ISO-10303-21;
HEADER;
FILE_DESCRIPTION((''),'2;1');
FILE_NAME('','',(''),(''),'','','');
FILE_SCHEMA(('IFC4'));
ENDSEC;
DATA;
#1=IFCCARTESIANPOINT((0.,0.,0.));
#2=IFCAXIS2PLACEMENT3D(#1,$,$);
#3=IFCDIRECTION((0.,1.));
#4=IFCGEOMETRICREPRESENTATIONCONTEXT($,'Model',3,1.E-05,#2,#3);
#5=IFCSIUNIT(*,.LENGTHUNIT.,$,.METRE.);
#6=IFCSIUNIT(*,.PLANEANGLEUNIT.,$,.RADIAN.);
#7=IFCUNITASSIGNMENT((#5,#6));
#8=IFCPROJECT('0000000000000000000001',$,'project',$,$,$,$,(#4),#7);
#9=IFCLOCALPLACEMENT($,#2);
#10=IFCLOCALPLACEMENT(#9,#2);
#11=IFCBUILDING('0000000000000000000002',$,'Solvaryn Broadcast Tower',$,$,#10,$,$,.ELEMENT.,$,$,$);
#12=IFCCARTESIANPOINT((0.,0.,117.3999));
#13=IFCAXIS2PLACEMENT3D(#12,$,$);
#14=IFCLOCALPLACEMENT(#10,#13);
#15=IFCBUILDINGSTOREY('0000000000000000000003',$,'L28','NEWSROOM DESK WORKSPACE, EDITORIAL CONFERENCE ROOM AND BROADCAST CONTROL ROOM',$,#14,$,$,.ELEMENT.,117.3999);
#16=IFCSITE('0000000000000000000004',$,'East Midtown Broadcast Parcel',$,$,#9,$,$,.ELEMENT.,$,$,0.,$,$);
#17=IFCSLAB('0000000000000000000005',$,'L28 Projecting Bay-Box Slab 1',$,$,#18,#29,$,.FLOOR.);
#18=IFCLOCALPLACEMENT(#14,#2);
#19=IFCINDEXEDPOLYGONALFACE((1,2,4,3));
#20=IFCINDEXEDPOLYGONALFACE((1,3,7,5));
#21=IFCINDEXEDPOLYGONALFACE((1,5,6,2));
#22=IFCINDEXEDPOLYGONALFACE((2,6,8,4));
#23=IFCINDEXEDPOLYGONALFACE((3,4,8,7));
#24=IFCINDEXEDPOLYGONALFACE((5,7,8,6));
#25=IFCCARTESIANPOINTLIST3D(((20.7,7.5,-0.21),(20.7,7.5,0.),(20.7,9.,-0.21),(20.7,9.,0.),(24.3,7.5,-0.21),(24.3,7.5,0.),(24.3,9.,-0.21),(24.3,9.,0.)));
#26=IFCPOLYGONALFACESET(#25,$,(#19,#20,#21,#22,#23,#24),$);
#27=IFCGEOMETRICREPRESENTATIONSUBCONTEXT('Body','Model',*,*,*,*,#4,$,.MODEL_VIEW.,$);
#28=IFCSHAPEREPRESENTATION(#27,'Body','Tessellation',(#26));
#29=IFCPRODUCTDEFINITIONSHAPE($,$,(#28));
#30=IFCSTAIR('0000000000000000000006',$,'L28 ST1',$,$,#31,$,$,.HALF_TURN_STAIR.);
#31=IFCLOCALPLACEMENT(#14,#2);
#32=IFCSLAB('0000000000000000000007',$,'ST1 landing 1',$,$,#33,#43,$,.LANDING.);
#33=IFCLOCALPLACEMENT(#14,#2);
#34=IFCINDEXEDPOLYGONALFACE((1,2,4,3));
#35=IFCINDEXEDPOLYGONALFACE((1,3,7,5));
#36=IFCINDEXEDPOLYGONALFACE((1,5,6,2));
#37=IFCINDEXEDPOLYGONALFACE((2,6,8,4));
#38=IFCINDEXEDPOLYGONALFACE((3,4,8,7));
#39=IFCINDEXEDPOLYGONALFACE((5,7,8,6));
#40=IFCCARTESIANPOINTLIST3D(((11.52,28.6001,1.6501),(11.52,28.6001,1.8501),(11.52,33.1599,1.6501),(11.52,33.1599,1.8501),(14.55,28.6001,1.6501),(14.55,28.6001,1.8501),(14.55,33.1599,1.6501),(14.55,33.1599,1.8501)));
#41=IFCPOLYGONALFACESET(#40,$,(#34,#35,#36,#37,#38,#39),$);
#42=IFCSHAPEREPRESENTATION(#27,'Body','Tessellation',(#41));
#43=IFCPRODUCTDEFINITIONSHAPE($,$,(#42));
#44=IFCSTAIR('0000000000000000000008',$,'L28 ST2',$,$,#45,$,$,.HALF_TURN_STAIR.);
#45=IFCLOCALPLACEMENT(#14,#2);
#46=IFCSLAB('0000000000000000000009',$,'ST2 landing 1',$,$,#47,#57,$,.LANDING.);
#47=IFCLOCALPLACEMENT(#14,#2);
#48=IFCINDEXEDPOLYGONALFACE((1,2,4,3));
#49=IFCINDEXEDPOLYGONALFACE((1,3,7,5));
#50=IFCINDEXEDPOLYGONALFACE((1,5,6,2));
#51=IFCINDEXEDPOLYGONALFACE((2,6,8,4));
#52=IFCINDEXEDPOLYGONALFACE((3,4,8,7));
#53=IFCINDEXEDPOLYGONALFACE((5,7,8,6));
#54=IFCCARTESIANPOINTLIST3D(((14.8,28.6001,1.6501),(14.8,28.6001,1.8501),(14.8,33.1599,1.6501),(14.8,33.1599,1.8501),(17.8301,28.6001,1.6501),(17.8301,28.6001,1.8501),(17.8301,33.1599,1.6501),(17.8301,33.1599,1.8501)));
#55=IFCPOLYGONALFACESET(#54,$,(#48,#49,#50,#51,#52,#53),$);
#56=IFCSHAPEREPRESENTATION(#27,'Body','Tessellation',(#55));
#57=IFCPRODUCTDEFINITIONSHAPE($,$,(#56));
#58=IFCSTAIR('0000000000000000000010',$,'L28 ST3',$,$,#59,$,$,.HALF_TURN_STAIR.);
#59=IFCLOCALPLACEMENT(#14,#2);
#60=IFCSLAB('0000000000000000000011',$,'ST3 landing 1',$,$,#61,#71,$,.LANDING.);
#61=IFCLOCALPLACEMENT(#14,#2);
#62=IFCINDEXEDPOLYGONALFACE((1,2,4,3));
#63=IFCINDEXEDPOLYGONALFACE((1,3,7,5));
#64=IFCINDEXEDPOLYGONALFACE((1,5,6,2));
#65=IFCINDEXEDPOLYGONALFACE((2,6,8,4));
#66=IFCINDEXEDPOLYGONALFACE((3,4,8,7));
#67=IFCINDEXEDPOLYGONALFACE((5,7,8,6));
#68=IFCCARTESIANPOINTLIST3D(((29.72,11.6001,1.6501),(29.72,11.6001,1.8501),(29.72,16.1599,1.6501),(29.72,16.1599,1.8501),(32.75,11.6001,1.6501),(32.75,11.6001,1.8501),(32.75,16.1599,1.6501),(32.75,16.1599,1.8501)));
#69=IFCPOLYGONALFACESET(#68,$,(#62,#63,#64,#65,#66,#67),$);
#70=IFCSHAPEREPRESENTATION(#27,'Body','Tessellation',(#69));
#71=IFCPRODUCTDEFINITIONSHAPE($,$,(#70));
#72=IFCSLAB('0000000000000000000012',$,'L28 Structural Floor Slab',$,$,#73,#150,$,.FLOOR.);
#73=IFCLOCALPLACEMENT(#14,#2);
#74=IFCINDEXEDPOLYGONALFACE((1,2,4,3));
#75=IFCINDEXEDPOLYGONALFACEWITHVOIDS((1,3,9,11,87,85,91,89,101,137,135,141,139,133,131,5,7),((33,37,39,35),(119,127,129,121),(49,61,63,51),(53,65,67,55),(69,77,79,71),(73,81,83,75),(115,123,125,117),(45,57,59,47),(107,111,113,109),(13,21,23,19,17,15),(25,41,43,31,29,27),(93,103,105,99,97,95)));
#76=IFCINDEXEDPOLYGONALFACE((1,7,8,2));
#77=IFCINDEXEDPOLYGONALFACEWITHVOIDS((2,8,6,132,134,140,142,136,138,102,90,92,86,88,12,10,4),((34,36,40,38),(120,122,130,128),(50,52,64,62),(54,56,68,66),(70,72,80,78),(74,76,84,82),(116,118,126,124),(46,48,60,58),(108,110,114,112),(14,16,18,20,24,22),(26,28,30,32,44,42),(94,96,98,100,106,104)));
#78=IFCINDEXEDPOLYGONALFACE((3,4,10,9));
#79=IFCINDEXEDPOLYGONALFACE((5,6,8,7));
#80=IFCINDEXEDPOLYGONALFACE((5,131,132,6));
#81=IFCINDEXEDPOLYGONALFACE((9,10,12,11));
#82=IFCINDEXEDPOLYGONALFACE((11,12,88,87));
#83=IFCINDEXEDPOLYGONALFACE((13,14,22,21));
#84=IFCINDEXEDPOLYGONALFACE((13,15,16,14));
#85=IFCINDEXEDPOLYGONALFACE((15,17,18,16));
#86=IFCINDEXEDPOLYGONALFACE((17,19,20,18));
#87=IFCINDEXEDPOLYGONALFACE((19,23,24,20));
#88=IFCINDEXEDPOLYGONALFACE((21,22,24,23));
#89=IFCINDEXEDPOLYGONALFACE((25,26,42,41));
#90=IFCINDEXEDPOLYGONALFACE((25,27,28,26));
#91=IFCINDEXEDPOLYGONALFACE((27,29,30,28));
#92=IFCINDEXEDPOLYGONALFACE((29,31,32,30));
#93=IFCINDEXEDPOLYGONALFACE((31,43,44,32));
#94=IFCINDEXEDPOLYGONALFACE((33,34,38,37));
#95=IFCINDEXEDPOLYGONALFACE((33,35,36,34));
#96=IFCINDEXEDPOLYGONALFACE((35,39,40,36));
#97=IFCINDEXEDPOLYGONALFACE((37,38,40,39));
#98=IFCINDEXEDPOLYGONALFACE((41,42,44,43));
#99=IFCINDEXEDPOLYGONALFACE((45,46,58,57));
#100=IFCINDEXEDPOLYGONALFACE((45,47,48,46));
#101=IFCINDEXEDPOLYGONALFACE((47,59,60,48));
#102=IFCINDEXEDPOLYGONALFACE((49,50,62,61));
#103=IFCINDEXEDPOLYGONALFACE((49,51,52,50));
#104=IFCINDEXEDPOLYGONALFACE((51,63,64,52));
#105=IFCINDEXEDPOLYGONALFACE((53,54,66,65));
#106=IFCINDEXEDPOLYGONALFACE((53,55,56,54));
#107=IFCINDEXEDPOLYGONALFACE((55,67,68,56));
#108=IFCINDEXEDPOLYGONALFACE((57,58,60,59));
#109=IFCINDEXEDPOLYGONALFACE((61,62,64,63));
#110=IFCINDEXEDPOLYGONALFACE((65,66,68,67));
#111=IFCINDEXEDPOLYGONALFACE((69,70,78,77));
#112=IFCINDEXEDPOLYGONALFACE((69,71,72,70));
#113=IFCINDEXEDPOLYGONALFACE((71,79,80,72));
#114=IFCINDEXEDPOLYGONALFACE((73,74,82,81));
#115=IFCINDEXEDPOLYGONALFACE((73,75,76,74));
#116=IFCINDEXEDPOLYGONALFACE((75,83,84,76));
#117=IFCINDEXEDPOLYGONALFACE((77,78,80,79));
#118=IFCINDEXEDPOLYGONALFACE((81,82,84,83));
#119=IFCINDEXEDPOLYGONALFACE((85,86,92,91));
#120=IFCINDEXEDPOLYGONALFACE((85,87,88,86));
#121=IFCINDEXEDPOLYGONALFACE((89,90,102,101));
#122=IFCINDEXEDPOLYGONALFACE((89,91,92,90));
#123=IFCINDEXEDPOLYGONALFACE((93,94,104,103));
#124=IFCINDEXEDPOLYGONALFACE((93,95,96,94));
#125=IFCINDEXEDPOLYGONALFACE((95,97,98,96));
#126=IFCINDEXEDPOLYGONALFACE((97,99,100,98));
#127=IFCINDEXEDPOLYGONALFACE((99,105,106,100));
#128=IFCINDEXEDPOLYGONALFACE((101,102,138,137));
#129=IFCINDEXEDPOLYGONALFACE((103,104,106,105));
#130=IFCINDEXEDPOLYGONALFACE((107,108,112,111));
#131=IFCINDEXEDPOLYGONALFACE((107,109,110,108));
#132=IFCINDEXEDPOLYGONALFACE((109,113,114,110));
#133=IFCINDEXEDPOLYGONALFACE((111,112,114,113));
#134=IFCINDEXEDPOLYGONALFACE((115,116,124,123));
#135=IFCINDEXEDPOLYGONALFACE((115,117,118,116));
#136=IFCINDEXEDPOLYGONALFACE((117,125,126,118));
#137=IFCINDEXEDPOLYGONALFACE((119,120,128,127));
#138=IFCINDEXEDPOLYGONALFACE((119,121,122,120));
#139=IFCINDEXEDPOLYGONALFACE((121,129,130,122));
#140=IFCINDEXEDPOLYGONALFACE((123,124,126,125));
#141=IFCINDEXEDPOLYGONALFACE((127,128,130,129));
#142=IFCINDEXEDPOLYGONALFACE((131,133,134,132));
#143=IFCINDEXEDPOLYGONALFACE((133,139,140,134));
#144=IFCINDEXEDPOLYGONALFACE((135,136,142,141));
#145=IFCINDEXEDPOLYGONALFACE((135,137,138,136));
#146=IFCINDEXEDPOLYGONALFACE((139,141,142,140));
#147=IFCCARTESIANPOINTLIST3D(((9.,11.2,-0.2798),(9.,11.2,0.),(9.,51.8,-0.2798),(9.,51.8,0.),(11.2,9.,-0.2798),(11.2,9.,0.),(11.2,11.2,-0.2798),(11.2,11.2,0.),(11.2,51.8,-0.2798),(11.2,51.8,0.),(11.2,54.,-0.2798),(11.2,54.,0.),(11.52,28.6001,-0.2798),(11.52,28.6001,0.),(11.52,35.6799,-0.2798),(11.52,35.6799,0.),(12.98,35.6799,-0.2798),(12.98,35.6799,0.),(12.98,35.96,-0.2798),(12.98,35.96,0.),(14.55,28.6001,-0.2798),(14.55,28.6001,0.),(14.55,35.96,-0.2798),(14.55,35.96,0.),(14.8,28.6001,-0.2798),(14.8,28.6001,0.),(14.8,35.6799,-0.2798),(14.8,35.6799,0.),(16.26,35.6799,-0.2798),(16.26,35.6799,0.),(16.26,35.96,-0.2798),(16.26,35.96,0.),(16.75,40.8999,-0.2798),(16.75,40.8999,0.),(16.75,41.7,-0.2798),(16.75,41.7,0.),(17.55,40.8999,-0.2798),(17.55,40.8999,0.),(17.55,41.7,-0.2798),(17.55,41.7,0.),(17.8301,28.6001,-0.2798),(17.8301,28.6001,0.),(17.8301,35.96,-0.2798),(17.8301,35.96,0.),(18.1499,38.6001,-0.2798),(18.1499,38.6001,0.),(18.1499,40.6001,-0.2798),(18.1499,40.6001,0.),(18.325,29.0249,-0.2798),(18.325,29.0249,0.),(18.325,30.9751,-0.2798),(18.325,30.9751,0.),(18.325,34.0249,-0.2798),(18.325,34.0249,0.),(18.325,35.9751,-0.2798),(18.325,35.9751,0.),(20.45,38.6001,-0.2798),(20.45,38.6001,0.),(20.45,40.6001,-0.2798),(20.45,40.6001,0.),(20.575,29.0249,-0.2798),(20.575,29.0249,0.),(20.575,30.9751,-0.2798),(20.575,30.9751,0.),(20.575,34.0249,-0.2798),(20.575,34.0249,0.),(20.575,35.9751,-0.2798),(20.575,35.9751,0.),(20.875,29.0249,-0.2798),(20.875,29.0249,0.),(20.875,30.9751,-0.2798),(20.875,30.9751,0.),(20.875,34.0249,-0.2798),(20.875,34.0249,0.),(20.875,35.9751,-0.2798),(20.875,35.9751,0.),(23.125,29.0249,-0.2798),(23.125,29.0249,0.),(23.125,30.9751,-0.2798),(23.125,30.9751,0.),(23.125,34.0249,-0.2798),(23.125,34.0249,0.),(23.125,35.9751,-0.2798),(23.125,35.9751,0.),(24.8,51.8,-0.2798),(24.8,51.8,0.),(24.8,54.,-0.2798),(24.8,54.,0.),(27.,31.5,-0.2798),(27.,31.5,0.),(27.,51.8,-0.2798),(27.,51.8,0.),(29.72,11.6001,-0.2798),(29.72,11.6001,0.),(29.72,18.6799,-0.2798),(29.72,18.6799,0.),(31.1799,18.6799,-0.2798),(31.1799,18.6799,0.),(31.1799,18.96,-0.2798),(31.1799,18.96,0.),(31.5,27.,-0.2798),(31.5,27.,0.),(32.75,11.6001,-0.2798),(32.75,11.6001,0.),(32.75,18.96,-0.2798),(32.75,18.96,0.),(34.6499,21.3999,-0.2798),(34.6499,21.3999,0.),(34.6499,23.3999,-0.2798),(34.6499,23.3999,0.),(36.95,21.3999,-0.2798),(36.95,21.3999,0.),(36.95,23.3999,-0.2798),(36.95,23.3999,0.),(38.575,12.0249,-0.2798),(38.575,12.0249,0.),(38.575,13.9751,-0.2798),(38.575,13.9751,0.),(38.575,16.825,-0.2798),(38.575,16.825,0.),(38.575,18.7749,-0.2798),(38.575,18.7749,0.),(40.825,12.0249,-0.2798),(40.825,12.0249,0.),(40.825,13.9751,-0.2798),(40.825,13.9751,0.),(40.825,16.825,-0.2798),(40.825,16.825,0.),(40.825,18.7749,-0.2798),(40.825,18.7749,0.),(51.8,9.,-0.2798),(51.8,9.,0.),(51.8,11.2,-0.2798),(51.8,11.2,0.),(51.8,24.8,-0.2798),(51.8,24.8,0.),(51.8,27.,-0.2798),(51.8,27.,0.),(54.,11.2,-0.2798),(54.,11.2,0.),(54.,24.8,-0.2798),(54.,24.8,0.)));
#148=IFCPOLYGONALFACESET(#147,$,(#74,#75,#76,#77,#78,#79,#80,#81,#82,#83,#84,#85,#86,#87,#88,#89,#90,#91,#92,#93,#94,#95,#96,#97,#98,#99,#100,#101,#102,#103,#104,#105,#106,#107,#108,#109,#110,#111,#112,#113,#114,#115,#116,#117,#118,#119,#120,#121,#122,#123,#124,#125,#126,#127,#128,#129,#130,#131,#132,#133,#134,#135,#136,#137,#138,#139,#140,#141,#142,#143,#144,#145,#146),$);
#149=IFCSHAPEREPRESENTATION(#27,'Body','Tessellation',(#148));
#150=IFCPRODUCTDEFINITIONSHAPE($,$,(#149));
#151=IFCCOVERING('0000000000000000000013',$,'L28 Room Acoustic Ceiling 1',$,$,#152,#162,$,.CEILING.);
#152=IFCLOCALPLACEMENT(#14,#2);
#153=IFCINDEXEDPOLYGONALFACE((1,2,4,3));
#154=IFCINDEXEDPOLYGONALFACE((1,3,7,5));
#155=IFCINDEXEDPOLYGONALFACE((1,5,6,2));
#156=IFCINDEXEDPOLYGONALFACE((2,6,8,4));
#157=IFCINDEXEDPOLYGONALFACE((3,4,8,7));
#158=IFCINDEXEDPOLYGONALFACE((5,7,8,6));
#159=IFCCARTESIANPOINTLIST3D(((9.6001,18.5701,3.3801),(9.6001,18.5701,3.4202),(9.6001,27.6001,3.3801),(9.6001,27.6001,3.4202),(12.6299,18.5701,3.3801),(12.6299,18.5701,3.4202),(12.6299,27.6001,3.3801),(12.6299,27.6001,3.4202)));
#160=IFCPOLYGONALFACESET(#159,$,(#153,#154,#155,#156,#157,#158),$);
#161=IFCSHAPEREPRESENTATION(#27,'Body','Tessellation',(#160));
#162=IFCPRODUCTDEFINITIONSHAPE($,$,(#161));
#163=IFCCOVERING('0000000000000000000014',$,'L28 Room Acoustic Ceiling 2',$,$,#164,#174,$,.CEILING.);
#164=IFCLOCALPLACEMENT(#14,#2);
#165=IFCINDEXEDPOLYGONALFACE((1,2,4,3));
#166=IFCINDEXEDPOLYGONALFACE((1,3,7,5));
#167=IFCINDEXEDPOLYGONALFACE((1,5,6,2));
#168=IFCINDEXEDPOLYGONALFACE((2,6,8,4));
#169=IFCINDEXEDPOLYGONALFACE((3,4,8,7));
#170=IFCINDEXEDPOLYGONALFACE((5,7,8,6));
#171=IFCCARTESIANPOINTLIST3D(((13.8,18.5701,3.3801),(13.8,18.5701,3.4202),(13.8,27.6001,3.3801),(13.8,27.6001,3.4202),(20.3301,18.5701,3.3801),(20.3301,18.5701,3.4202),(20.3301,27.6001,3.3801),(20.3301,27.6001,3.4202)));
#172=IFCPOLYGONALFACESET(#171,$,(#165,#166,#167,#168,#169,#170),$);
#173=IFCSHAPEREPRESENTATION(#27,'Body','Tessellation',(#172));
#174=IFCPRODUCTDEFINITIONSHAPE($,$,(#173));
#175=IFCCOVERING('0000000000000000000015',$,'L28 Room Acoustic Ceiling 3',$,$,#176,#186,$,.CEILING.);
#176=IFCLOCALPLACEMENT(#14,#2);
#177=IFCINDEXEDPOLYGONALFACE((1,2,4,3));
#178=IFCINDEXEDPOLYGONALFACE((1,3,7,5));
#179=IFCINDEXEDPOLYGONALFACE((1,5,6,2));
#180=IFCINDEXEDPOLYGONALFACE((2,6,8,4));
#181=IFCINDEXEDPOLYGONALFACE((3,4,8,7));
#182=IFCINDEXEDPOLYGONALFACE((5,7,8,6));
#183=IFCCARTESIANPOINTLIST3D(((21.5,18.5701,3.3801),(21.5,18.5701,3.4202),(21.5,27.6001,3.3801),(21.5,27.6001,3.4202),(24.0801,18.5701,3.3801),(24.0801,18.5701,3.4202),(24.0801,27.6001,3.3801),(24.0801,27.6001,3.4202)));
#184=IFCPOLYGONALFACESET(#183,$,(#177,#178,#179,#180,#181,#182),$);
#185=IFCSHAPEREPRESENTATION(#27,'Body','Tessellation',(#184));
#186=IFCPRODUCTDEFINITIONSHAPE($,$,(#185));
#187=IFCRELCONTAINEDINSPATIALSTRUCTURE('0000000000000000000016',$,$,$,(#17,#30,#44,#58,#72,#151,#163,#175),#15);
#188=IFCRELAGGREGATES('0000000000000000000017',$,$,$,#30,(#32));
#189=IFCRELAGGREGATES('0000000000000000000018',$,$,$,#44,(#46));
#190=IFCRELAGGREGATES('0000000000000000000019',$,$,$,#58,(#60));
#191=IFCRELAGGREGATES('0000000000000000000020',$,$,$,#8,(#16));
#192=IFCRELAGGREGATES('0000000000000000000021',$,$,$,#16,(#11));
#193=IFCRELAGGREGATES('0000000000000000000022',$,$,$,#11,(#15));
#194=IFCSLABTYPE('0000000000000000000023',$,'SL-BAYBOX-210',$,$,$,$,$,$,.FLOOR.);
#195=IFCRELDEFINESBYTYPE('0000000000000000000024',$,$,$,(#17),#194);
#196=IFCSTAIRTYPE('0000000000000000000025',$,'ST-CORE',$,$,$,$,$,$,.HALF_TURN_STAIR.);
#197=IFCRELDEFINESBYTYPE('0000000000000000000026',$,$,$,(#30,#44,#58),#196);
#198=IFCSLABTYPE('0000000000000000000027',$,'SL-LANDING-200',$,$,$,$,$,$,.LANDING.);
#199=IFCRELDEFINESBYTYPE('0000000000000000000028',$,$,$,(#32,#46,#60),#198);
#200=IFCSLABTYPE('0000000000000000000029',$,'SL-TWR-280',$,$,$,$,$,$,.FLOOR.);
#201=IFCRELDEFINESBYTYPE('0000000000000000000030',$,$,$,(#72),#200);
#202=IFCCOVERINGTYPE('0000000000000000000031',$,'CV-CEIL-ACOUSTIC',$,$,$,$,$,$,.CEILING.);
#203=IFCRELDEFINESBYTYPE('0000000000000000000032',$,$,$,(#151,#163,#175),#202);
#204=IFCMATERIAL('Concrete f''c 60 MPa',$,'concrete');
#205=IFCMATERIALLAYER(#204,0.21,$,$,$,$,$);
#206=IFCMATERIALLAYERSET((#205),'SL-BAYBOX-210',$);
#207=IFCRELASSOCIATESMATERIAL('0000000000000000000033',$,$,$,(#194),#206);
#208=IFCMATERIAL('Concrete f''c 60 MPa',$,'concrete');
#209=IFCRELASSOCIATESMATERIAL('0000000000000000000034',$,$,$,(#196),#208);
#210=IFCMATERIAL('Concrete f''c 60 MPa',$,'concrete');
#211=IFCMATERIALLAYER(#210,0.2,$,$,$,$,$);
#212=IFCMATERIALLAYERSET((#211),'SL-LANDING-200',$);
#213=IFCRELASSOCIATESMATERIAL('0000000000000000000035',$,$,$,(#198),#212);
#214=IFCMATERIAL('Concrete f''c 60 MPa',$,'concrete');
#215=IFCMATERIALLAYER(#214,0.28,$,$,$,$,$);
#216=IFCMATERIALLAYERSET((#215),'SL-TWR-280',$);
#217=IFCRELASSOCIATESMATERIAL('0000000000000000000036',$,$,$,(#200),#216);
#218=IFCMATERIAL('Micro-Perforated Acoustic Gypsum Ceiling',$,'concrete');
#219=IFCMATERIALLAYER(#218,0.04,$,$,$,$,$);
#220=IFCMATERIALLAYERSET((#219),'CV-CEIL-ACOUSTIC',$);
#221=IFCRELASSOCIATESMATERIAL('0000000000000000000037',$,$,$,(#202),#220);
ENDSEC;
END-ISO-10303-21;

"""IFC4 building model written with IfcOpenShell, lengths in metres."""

from ifc_helpers import new_model, si_unit, direction, frame, origin, place, context, subcontext, project, spatial, polyline, outline, extrude, material, layer, layer_set, type_object, element, aggregate, save


model = new_model("IFC4")

# Units and contexts
model_context = context("Model", 3, precision=1e-05, world=origin(), true_north=direction((0.0, 1.0)))
body_context = subcontext(model_context, "Body", "Model", "MODEL_VIEW")
ifc_project = project(units=[si_unit("LENGTHUNIT", "METRE"), si_unit("PLANEANGLEUNIT", "RADIAN")], contexts=[model_context])

# Site, building, storey
site_placement = place(None, origin())
site = spatial("IfcSite", under=ifc_project, at=site_placement, Name="East Midtown Broadcast Parcel", CompositionType="ELEMENT", RefElevation=0.0)
building_placement = place(site_placement, origin())
building = spatial("IfcBuilding", under=site, at=building_placement, Name="Solvaryn Broadcast Tower", CompositionType="ELEMENT")
storey_placement = place(building_placement, frame((0.0, 0.0, 117.3999)))
storey = spatial("IfcBuildingStorey", under=building, at=storey_placement, Name="L28", Description="NEWSROOM DESK WORKSPACE, EDITORIAL CONFERENCE ROOM AND BROADCAST CONTROL ROOM", CompositionType="ELEMENT", Elevation=117.3999)

# Slab
ifc_material_1 = material(Name="Concrete f'c 60 MPa", Category="concrete")
ifc_layer_1 = layer(ifc_material_1, 0.21)
ifc_layer_set_1 = layer_set([ifc_layer_1], Name="SL-BAYBOX-210")
slab_type_1 = type_object("IfcSlabType", Name="SL-BAYBOX-210", PredefinedType="FLOOR", material=ifc_layer_set_1)
slab_1_placement = place(storey_placement, frame((0.0, 0.0, -0.21)))
element("IfcSlab", 1, at=slab_1_placement, inside=storey, type_object=slab_type_1, Name="L28 Projecting Bay-Box Slab 1", PredefinedType="FLOOR", context=body_context, shape_type="SweptSolid", body=[
    extrude(outline(polyline([(20.7, 7.5), (24.3, 7.5), (24.3, 9.0), (20.7, 9.0), (20.7, 7.5)])), origin(), (0.0, 0.0, 1.0), 0.21),
])

# Stairs, slabs
ifc_material_2 = material(Name="Concrete f'c 60 MPa", Category="concrete")
stair_type = type_object("IfcStairType", Name="ST-CORE", PredefinedType="HALF_TURN_STAIR", material=ifc_material_2)
stair_1_placement = place(storey_placement, origin())
stair_1 = element("IfcStair", 2, at=stair_1_placement, inside=storey, type_object=stair_type, Name="L28 ST1", PredefinedType="HALF_TURN_STAIR")
ifc_material_3 = material(Name="Concrete f'c 60 MPa", Category="concrete")
ifc_layer_2 = layer(ifc_material_3, 0.2)
ifc_layer_set_2 = layer_set([ifc_layer_2], Name="SL-LANDING-200")
slab_type_2 = type_object("IfcSlabType", Name="SL-LANDING-200", PredefinedType="LANDING", material=ifc_layer_set_2)
slab_2_placement = place(storey_placement, frame((0.0, 0.0, 1.6501)))
slab_2 = element("IfcSlab", 3, at=slab_2_placement, type_object=slab_type_2, Name="ST1 landing 1", PredefinedType="LANDING", context=body_context, shape_type="SweptSolid", body=[
    extrude(outline(polyline([(11.52, 33.1599), (11.52, 28.6001), (14.55, 28.6001), (14.55, 33.1599), (11.52, 33.1599)])), origin(), (0.0, 0.0, 1.0), 0.2),
])
aggregate(stair_1, [slab_2])
stair_2_placement = place(storey_placement, origin())
stair_2 = element("IfcStair", 4, at=stair_2_placement, inside=storey, type_object=stair_type, Name="L28 ST2", PredefinedType="HALF_TURN_STAIR")
slab_3_placement = place(storey_placement, frame((0.0, 0.0, 1.6501)))
slab_3 = element("IfcSlab", 5, at=slab_3_placement, type_object=slab_type_2, Name="ST2 landing 1", PredefinedType="LANDING", context=body_context, shape_type="SweptSolid", body=[
    extrude(outline(polyline([(14.8, 33.1599), (14.8, 28.6001), (17.8301, 28.6001), (17.8301, 33.1599), (14.8, 33.1599)])), origin(), (0.0, 0.0, 1.0), 0.2),
])
aggregate(stair_2, [slab_3])
stair_3_placement = place(storey_placement, origin())
stair_3 = element("IfcStair", 6, at=stair_3_placement, inside=storey, type_object=stair_type, Name="L28 ST3", PredefinedType="HALF_TURN_STAIR")
slab_4_placement = place(storey_placement, frame((0.0, 0.0, 1.6501)))
slab_4 = element("IfcSlab", 7, at=slab_4_placement, type_object=slab_type_2, Name="ST3 landing 1", PredefinedType="LANDING", context=body_context, shape_type="SweptSolid", body=[
    extrude(outline(polyline([(29.72, 16.1599), (29.72, 11.6001), (32.75, 11.6001), (32.75, 16.1599), (29.72, 16.1599)])), origin(), (0.0, 0.0, 1.0), 0.2),
])
aggregate(stair_3, [slab_4])

# Slab
ifc_material_4 = material(Name="Concrete f'c 60 MPa", Category="concrete")
ifc_layer_3 = layer(ifc_material_4, 0.28)
ifc_layer_set_3 = layer_set([ifc_layer_3], Name="SL-TWR-280")
slab_type_3 = type_object("IfcSlabType", Name="SL-TWR-280", PredefinedType="FLOOR", material=ifc_layer_set_3)
slab_5_placement = place(storey_placement, frame((0.0, 0.0, -0.2798)))
element("IfcSlab", 8, at=slab_5_placement, inside=storey, type_object=slab_type_3, Name="L28 Structural Floor Slab", PredefinedType="FLOOR", context=body_context, shape_type="SweptSolid", body=[
    extrude(outline(polyline([(11.2, 9.0), (51.8, 9.0), (51.8, 11.2), (54.0, 11.2), (54.0, 24.8), (51.8, 24.8), (51.8, 27.0), (31.5, 27.0), (27.0, 31.5), (27.0, 51.8), (24.8, 51.8), (24.8, 54.0), (11.2, 54.0), (11.2, 51.8), (9.0, 51.8), (9.0, 11.2), (11.2, 11.2), (11.2, 9.0)]), holes=[polyline([(11.52, 28.6001), (14.55, 28.6001), (14.55, 35.96), (12.98, 35.96), (12.98, 35.6799), (11.52, 35.6799), (11.52, 28.6001)]), polyline([(14.8, 28.6001), (17.8301, 28.6001), (17.8301, 35.96), (16.26, 35.96), (16.26, 35.6799), (14.8, 35.6799), (14.8, 28.6001)]), polyline([(29.72, 11.6001), (32.75, 11.6001), (32.75, 18.96), (31.1799, 18.96), (31.1799, 18.6799), (29.72, 18.6799), (29.72, 11.6001)]), polyline([(18.1499, 38.6001), (20.45, 38.6001), (20.45, 40.6001), (18.1499, 40.6001), (18.1499, 38.6001)]), polyline([(18.325, 29.0249), (20.575, 29.0249), (20.575, 30.9751), (18.325, 30.9751), (18.325, 29.0249)]), polyline([(20.875, 29.0249), (23.125, 29.0249), (23.125, 30.9751), (20.875, 30.9751), (20.875, 29.0249)]), polyline([(18.325, 34.0249), (20.575, 34.0249), (20.575, 35.9751), (18.325, 35.9751), (18.325, 34.0249)]), polyline([(20.875, 34.0249), (23.125, 34.0249), (23.125, 35.9751), (20.875, 35.9751), (20.875, 34.0249)]), polyline([(34.6499, 21.3999), (36.95, 21.3999), (36.95, 23.3999), (34.6499, 23.3999), (34.6499, 21.3999)]), polyline([(38.575, 12.0249), (40.825, 12.0249), (40.825, 13.9751), (38.575, 13.9751), (38.575, 12.0249)]), polyline([(38.575, 16.825), (40.825, 16.825), (40.825, 18.7749), (38.575, 18.7749), (38.575, 16.825)]), polyline([(16.75, 40.8999), (17.55, 40.8999), (17.55, 41.7), (16.75, 41.7), (16.75, 40.8999)])]), origin(), (0.0, 0.0, 1.0), 0.2798),
])

# Coverings
ifc_material_5 = material(Name="Micro-Perforated Acoustic Gypsum Ceiling", Category="concrete")
ifc_layer_4 = layer(ifc_material_5, 0.04)
ifc_layer_set_4 = layer_set([ifc_layer_4], Name="CV-CEIL-ACOUSTIC")
covering_type_1 = type_object("IfcCoveringType", Name="CV-CEIL-ACOUSTIC", PredefinedType="CEILING", material=ifc_layer_set_4)
covering_1_placement = place(storey_placement, frame((0.0, 0.0, 3.3801)))
element("IfcCovering", 9, at=covering_1_placement, inside=storey, type_object=covering_type_1, Name="L28 Room Acoustic Ceiling 1", PredefinedType="CEILING", context=body_context, shape_type="SweptSolid", body=[
    extrude(outline(polyline([(9.6001, 18.5701), (12.6299, 18.5701), (12.6299, 27.6001), (9.6001, 27.6001), (9.6001, 18.5701)])), origin(), (0.0, 0.0, 1.0), 0.04),
])
covering_2_placement = place(storey_placement, frame((0.0, 0.0, 3.3801)))
element("IfcCovering", 10, at=covering_2_placement, inside=storey, type_object=covering_type_1, Name="L28 Room Acoustic Ceiling 2", PredefinedType="CEILING", context=body_context, shape_type="SweptSolid", body=[
    extrude(outline(polyline([(13.8, 18.5701), (20.3301, 18.5701), (20.3301, 27.6001), (13.8, 27.6001), (13.8, 18.5701)])), origin(), (0.0, 0.0, 1.0), 0.04),
])
covering_3_placement = place(storey_placement, frame((0.0, 0.0, 3.3801)))
element("IfcCovering", 11, at=covering_3_placement, inside=storey, type_object=covering_type_1, Name="L28 Room Acoustic Ceiling 3", PredefinedType="CEILING", context=body_context, shape_type="SweptSolid", body=[
    extrude(outline(polyline([(21.5, 18.5701), (24.0801, 18.5701), (24.0801, 27.6001), (21.5, 27.6001), (21.5, 18.5701)])), origin(), (0.0, 0.0, 1.0), 0.04),
])

save(model, "model.ifc")
